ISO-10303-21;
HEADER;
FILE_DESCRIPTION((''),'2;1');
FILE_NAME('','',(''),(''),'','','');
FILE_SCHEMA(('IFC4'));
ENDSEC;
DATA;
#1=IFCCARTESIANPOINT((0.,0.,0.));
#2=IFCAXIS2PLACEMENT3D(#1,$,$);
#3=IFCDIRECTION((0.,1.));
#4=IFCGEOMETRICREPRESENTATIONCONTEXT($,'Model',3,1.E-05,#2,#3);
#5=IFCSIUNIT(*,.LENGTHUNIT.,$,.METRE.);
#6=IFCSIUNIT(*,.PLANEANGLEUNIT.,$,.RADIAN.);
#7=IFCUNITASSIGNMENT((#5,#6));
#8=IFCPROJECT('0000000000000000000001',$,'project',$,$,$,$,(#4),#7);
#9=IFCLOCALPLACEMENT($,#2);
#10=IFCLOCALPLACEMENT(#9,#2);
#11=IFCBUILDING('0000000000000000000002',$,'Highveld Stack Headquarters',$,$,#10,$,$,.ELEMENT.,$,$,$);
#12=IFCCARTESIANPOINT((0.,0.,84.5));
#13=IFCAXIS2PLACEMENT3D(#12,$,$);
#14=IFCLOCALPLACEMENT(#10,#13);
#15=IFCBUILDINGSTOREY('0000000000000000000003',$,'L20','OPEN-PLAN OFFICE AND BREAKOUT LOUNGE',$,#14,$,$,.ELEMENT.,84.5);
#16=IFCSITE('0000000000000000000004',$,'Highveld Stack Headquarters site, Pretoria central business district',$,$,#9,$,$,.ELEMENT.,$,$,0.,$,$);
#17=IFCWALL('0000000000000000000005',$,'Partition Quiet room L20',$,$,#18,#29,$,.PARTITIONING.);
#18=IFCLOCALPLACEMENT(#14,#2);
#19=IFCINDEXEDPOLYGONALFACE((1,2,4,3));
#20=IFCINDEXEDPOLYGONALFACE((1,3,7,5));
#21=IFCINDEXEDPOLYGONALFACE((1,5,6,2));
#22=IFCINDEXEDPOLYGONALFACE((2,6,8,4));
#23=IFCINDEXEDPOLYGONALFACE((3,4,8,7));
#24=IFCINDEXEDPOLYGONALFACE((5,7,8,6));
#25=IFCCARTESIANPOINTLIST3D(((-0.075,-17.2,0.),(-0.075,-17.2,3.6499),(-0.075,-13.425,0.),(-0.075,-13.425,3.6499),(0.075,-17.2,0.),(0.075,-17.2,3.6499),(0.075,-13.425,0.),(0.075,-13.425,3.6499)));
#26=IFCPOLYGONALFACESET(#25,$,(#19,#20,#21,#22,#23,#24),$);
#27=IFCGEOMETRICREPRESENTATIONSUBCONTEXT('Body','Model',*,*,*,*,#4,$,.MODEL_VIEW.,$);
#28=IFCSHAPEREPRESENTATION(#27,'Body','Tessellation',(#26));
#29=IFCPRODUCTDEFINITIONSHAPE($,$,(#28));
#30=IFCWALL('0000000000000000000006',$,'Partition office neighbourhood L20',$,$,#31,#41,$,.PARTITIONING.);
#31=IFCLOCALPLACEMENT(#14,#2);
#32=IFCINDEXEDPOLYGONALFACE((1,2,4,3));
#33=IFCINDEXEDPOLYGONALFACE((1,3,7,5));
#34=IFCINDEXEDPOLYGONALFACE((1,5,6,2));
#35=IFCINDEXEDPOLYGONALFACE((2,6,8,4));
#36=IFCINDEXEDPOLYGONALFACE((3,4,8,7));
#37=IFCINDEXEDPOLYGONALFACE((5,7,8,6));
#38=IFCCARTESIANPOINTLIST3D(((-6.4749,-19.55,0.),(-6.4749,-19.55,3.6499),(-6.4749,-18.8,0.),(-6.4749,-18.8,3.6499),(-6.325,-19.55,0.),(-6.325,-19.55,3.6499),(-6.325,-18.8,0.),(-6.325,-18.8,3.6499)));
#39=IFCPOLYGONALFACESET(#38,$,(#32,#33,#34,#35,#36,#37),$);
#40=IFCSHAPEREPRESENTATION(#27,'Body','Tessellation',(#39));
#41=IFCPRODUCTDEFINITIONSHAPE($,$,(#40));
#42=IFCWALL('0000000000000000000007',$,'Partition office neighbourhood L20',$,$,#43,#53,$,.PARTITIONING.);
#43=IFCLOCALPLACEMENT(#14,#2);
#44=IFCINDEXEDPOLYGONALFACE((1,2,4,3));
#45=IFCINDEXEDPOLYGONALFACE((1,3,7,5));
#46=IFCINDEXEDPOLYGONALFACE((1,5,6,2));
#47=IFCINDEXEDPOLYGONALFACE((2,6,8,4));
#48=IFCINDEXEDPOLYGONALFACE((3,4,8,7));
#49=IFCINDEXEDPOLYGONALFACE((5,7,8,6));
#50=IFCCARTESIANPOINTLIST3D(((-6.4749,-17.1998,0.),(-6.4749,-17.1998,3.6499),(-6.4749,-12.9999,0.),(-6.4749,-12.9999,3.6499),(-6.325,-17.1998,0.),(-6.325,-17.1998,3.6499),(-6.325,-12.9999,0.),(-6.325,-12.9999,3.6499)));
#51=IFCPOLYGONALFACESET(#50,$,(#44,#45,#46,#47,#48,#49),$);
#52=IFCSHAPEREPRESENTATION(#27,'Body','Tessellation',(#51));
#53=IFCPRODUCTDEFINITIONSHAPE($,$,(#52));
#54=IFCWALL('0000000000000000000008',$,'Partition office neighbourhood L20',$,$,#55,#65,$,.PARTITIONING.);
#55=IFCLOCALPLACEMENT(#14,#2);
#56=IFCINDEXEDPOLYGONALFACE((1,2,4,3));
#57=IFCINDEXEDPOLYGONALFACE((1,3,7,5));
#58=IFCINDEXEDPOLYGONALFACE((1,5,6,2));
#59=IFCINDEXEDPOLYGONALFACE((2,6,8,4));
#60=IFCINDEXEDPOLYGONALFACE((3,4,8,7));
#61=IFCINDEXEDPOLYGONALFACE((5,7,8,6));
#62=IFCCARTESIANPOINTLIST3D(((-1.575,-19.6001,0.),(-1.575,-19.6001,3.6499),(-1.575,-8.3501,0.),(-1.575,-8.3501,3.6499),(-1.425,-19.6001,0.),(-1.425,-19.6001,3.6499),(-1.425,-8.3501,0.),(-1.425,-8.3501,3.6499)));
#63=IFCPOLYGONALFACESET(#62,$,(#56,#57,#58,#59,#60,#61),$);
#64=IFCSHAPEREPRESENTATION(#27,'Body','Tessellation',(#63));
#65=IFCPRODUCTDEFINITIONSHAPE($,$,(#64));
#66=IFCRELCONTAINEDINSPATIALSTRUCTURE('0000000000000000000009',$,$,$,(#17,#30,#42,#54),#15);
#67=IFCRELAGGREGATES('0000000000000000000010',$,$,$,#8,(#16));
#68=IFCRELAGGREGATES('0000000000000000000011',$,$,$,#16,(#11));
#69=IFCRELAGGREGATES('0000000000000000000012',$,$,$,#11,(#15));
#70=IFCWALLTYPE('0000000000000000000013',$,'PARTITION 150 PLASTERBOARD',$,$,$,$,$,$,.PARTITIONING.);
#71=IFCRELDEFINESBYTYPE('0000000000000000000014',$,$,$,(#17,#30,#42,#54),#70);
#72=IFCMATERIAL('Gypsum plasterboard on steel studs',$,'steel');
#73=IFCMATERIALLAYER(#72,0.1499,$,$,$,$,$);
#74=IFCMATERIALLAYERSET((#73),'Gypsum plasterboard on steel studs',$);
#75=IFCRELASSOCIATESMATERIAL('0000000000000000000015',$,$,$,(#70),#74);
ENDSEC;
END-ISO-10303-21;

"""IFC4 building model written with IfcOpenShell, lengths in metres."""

from ifc_helpers import new_model, si_unit, direction, frame, frame_2d, origin, place, context, subcontext, project, spatial, rectangle, extrude, material, layer, layer_set, type_object, element, save


model = new_model("IFC4")

# Units and contexts
model_context = context("Model", 3, precision=1e-05, world=origin(), true_north=direction((0.0, 1.0)))
body_context = subcontext(model_context, "Body", "Model", "MODEL_VIEW")
ifc_project = project(units=[si_unit("LENGTHUNIT", "METRE"), si_unit("PLANEANGLEUNIT", "RADIAN")], contexts=[model_context])

# Site, building, storey
site_placement = place(None, origin())
site = spatial("IfcSite", under=ifc_project, at=site_placement, Name="Highveld Stack Headquarters site, Pretoria central business district", CompositionType="ELEMENT", RefElevation=0.0)
building_placement = place(site_placement, origin())
building = spatial("IfcBuilding", under=site, at=building_placement, Name="Highveld Stack Headquarters", CompositionType="ELEMENT")
storey_placement = place(building_placement, frame((0.0, 0.0, 84.5)))
storey = spatial("IfcBuildingStorey", under=building, at=storey_placement, Name="L20", Description="OPEN-PLAN OFFICE AND BREAKOUT LOUNGE", CompositionType="ELEMENT", Elevation=84.5)

# Shared definitions
ifc_material_1 = material(Name="Gypsum plasterboard on steel studs", Category="steel")
ifc_layer_1 = layer(ifc_material_1, 0.1499)
ifc_layer_set_1 = layer_set([ifc_layer_1], Name="Gypsum plasterboard on steel studs")
wall_type = type_object("IfcWallType", Name="PARTITION 150 PLASTERBOARD", PredefinedType="PARTITIONING", material=ifc_layer_set_1)

# Walls
wall_1_placement = place(storey_placement, frame((0.0, -17.2, 0.0), z_axis=(0.0, 0.0, 1.0), x_axis=(0.0, 1.0, 0.0)))
element("IfcWall", 1, at=wall_1_placement, inside=storey, type_object=wall_type, Name="Partition Quiet room L20", PredefinedType="PARTITIONING", context=body_context, shape_type="SweptSolid", body=[
    extrude(rectangle(XDim=3.7749, YDim=0.1499, at=frame_2d((1.8875, 0.0))), origin(), (0.0, 0.0, 1.0), 3.6499),
])
wall_2_placement = place(storey_placement, frame((-6.3999, -19.55, 0.0), z_axis=(0.0, 0.0, 1.0), x_axis=(0.0, 1.0, 0.0)))
element("IfcWall", 2, at=wall_2_placement, inside=storey, type_object=wall_type, Name="Partition office neighbourhood L20", PredefinedType="PARTITIONING", context=body_context, shape_type="SweptSolid", body=[
    extrude(rectangle(XDim=0.75, YDim=0.1499, at=frame_2d((0.375, 0.0))), origin(), (0.0, 0.0, 1.0), 3.6499),
])
wall_3_placement = place(storey_placement, frame((-6.3999, -17.2, 0.0), z_axis=(0.0, 0.0, 1.0), x_axis=(0.0, 1.0, 0.0)))
element("IfcWall", 3, at=wall_3_placement, inside=storey, type_object=wall_type, Name="Partition office neighbourhood L20", PredefinedType="PARTITIONING", context=body_context, shape_type="SweptSolid", body=[
    extrude(rectangle(XDim=4.2, YDim=0.1499, at=frame_2d((2.1001, 0.0))), origin(), (0.0, 0.0, 1.0), 3.6499),
])
wall_4_placement = place(storey_placement, frame((-1.5, -19.6001, 0.0), z_axis=(0.0, 0.0, 1.0), x_axis=(0.0, 1.0, 0.0)))
element("IfcWall", 4, at=wall_4_placement, inside=storey, type_object=wall_type, Name="Partition office neighbourhood L20", PredefinedType="PARTITIONING", context=body_context, shape_type="SweptSolid", body=[
    extrude(rectangle(XDim=11.25, YDim=0.1499, at=frame_2d((5.625, 0.0))), origin(), (0.0, 0.0, 1.0), 3.6499),
])

save(model, "model.ifc")
